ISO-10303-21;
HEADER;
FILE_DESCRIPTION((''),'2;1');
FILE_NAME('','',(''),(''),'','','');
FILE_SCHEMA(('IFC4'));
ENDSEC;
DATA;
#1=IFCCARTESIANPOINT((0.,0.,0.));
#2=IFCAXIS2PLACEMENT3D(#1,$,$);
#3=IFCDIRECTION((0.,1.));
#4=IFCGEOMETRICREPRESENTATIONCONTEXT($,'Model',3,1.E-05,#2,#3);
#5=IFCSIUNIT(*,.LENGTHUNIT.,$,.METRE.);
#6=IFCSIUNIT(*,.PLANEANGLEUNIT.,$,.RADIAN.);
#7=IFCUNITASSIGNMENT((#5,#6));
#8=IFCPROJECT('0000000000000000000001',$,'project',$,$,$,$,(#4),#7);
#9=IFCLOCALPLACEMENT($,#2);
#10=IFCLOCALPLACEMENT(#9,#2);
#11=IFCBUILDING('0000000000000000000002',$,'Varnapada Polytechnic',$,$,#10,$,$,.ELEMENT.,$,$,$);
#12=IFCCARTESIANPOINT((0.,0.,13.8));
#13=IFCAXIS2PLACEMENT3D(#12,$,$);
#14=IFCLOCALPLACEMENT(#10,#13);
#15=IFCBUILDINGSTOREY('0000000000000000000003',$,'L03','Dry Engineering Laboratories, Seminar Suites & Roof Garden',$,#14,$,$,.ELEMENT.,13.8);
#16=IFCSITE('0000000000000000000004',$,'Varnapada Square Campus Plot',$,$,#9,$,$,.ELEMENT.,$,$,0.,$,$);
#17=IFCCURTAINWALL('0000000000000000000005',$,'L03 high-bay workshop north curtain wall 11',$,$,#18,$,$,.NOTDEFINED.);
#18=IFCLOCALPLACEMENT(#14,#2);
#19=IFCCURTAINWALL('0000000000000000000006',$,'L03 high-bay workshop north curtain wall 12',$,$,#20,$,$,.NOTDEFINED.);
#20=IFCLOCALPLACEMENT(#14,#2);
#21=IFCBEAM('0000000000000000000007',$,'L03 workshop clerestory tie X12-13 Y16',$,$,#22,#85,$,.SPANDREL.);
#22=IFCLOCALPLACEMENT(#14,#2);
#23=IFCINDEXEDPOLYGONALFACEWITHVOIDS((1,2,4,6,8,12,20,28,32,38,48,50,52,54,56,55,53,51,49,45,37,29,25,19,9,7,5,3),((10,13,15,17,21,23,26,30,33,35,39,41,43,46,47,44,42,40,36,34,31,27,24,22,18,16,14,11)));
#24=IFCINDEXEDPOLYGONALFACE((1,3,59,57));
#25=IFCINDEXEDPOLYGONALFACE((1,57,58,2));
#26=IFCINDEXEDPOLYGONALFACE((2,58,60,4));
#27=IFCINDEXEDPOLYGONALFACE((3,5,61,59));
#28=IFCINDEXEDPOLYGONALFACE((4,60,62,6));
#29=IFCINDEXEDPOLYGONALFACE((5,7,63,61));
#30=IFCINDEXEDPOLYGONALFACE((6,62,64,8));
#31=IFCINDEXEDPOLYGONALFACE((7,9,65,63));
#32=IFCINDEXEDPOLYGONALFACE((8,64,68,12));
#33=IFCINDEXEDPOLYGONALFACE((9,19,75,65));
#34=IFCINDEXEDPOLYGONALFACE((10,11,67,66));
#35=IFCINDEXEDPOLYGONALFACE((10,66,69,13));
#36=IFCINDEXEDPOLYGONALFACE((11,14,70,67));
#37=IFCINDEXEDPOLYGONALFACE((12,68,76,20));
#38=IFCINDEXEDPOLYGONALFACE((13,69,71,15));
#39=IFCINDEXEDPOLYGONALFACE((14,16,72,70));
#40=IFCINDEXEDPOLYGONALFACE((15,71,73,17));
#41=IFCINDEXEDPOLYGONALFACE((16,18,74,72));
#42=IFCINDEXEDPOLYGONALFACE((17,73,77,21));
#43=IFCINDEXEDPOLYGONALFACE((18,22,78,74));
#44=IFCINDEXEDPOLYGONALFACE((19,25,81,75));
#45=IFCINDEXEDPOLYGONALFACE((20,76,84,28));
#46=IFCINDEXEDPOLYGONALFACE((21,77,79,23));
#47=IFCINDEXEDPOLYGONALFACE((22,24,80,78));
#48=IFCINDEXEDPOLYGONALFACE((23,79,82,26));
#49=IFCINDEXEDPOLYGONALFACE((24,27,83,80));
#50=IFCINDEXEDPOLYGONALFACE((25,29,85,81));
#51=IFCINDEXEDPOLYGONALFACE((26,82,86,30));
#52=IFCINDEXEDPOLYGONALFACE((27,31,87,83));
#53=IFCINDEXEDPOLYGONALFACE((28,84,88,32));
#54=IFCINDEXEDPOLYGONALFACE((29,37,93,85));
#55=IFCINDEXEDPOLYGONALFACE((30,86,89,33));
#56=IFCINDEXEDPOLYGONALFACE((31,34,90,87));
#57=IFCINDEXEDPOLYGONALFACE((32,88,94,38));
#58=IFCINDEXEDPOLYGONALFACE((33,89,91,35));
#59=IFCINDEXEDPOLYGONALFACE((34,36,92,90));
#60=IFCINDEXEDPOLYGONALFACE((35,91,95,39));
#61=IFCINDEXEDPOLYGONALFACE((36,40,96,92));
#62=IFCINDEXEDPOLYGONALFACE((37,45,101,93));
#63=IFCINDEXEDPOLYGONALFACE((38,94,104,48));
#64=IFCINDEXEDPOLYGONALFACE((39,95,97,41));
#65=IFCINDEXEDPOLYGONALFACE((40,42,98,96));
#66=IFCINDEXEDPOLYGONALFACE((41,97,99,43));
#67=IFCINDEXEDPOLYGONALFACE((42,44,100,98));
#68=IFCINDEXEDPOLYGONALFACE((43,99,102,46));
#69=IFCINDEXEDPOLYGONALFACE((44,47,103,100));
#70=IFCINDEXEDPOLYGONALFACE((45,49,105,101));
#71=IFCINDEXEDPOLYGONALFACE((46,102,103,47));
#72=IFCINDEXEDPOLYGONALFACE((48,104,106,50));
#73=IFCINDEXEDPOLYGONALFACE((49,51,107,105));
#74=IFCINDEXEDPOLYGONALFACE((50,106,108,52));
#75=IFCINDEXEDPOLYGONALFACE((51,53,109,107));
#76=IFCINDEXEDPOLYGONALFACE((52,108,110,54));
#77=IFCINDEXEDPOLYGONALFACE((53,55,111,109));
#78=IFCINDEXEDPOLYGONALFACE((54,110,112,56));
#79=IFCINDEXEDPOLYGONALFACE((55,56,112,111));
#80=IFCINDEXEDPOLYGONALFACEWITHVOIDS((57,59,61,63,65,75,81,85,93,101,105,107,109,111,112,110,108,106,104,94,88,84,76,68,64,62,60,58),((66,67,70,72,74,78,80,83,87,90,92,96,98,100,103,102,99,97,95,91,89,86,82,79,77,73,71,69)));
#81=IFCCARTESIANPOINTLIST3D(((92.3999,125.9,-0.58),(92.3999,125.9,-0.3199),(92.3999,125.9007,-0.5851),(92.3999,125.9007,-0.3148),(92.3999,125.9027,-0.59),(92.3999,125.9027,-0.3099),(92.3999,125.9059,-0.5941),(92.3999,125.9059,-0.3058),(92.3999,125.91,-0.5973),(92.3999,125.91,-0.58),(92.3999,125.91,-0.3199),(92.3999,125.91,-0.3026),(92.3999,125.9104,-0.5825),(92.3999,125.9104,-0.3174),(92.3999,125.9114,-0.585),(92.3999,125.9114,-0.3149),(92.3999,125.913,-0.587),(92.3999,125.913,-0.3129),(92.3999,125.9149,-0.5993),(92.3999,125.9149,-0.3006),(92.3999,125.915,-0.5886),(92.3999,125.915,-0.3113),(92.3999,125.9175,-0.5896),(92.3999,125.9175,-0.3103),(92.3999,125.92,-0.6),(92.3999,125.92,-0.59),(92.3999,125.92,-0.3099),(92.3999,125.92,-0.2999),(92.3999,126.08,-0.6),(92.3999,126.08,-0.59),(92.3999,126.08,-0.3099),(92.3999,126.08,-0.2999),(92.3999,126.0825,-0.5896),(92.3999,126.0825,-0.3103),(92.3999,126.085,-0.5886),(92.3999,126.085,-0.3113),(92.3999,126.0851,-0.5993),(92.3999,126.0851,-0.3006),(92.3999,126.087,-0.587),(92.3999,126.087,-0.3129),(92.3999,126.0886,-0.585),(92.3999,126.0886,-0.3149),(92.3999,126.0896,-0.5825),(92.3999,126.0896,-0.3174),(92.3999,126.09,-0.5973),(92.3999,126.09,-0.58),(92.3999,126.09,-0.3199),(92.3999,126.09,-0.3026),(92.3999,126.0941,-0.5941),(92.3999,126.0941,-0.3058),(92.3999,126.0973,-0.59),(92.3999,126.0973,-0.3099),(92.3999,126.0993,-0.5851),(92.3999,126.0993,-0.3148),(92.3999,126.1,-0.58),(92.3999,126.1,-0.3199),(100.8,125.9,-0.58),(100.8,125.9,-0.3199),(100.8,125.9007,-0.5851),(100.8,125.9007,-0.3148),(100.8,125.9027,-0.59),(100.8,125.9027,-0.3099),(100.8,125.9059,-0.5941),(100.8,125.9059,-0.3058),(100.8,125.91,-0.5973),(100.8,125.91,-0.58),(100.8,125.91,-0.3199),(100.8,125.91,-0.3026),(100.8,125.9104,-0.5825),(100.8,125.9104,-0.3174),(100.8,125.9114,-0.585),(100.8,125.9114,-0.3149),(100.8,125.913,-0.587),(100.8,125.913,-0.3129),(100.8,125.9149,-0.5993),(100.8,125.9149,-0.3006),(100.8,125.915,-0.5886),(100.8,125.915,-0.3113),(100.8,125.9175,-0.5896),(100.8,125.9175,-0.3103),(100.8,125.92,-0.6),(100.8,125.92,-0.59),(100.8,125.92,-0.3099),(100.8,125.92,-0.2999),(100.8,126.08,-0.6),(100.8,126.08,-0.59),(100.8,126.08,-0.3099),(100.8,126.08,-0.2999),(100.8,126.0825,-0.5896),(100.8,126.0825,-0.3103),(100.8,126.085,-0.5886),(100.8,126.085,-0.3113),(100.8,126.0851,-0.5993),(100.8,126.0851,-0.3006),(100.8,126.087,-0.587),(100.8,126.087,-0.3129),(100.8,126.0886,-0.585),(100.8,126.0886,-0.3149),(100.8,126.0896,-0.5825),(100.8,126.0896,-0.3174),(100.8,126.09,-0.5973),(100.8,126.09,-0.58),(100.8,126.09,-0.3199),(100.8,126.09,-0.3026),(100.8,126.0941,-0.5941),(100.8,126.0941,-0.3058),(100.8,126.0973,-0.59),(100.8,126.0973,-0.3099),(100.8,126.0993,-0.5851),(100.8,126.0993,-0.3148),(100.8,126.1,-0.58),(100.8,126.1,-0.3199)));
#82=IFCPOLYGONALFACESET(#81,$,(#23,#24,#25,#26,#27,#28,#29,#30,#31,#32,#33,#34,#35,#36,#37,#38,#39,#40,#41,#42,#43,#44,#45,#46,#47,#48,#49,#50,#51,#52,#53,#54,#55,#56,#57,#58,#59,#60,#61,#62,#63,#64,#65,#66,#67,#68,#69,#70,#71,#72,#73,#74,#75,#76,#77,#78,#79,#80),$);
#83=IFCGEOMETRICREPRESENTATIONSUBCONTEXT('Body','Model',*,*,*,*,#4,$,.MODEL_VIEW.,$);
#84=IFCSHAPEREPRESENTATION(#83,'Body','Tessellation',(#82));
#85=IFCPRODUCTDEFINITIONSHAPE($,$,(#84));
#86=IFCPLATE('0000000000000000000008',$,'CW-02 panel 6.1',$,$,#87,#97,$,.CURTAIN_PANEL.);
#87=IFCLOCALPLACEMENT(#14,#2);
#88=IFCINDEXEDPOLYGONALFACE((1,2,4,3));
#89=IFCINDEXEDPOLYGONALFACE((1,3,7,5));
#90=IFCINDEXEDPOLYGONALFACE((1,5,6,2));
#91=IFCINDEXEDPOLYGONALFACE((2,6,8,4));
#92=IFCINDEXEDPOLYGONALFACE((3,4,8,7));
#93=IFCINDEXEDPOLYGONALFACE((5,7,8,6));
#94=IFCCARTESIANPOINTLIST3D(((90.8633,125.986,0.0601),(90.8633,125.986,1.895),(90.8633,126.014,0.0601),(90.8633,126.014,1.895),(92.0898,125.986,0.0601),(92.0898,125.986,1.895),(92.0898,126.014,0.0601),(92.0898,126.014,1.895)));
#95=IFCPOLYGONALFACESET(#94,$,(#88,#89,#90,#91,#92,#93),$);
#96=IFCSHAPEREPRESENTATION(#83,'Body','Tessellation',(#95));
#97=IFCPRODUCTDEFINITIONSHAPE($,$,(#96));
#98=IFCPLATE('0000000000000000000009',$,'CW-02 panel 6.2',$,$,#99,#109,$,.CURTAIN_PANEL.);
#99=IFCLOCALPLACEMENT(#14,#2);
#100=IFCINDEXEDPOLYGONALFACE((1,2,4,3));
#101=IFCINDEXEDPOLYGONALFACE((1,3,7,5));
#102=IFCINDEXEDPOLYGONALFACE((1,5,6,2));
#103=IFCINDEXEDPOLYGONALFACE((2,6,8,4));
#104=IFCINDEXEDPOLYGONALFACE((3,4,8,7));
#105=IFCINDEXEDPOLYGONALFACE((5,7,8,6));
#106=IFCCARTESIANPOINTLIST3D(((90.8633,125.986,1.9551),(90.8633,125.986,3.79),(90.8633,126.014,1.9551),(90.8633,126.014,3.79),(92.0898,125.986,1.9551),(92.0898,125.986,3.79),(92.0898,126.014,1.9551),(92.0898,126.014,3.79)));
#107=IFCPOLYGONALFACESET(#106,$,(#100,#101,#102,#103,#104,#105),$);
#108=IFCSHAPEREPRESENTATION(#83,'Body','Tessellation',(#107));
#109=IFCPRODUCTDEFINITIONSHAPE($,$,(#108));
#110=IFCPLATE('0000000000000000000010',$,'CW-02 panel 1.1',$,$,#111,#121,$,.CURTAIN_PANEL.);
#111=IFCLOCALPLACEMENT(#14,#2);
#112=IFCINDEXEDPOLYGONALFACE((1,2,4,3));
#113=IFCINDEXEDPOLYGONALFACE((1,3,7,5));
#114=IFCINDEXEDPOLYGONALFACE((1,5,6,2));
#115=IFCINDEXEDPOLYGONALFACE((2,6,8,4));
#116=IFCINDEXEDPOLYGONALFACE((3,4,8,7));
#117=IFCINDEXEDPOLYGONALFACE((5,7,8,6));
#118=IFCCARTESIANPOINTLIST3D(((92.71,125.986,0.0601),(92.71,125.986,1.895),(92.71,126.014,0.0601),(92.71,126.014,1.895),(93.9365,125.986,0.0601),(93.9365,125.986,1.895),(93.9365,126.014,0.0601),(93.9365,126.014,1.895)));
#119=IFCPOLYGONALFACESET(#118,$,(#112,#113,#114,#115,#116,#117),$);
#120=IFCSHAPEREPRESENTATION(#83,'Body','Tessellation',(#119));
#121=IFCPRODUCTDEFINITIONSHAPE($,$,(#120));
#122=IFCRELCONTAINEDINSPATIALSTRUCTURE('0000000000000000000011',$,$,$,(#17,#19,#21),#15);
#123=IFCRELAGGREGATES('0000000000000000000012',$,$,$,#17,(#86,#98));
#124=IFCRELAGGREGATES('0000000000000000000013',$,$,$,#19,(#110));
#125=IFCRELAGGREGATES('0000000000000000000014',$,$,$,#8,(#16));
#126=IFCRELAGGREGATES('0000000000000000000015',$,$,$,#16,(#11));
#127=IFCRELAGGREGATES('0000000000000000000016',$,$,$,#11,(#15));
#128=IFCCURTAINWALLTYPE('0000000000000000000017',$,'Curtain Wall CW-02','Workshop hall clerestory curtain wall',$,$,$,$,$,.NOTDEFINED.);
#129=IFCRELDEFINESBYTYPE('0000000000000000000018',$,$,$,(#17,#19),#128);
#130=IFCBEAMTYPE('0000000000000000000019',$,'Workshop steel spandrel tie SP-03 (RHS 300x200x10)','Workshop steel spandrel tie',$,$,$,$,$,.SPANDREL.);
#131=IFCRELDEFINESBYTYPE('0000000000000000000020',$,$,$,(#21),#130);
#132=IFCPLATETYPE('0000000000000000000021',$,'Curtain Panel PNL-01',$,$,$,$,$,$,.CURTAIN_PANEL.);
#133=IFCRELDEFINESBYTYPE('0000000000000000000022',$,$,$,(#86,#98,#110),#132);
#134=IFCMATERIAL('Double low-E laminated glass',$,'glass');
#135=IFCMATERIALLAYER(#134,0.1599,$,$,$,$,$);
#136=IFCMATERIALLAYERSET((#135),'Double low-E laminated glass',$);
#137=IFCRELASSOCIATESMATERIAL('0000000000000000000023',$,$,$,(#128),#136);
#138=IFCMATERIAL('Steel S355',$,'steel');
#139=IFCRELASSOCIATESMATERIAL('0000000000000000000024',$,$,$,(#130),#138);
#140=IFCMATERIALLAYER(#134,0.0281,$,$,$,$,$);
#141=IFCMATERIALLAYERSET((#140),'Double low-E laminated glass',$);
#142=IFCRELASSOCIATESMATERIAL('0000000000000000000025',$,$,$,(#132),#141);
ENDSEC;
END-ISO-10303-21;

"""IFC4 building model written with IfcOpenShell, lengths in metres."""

from ifc_helpers import new_model, si_unit, direction, frame, origin, origin_2d, place, context, subcontext, project, spatial, rectangle, hollow_rectangle, extrude, material, layer, layer_set, material_profile, profile_set, type_object, element, aggregate, save


model = new_model("IFC4")

# Units and contexts
model_context = context("Model", 3, precision=1e-05, world=origin(), true_north=direction((0.0, 1.0)))
body_context = subcontext(model_context, "Body", "Model", "MODEL_VIEW")
ifc_project = project(units=[si_unit("LENGTHUNIT", "METRE"), si_unit("PLANEANGLEUNIT", "RADIAN")], contexts=[model_context])

# Site, building, storey
site_placement = place(None, origin())
site = spatial("IfcSite", under=ifc_project, at=site_placement, Name="Varnapada Square Campus Plot", CompositionType="ELEMENT", RefElevation=0.0)
building_placement = place(site_placement, origin())
building = spatial("IfcBuilding", under=site, at=building_placement, Name="Varnapada Polytechnic", CompositionType="ELEMENT")
storey_placement = place(building_placement, frame((0.0, 0.0, 13.8)))
storey = spatial("IfcBuildingStorey", under=building, at=storey_placement, Name="L03", Description="Dry Engineering Laboratories, Seminar Suites & Roof Garden", CompositionType="ELEMENT", Elevation=13.8)

# Shared definitions
ifc_material_1 = material(Name="Steel S355", Category="steel")

# Curtain walls
ifc_material_2 = material(Name="Double low-E laminated glass", Category="glass")
ifc_layer_1 = layer(ifc_material_2, 0.1599)
ifc_layer_set_1 = layer_set([ifc_layer_1], Name="Double low-E laminated glass")
curtain_wall_type = type_object("IfcCurtainWallType", Name="Curtain Wall CW-02", Description="Workshop hall clerestory curtain wall", PredefinedType="NOTDEFINED", material=ifc_layer_set_1)
curtain_wall_1_placement = place(storey_placement, origin())
curtain_wall_1 = element("IfcCurtainWall", 1, at=curtain_wall_1_placement, inside=storey, type_object=curtain_wall_type, Name="L03 high-bay workshop north curtain wall 11", PredefinedType="NOTDEFINED")
curtain_wall_2_placement = place(storey_placement, origin())
curtain_wall_2 = element("IfcCurtainWall", 2, at=curtain_wall_2_placement, inside=storey, type_object=curtain_wall_type, Name="L03 high-bay workshop north curtain wall 12", PredefinedType="NOTDEFINED")

# Beam
ifc_material_profile_1 = material_profile(ifc_material_1, hollow_rectangle(XDim=0.2, YDim=0.3, WallThickness=0.01, InnerFilletRadius=0.01, OuterFilletRadius=0.02, at=origin_2d()), Name="RHS 300x200x10")
ifc_profile_set_1 = profile_set([ifc_material_profile_1], Name="Steel S355")
beam_type = type_object("IfcBeamType", Name="Workshop steel spandrel tie SP-03 (RHS 300x200x10)", Description="Workshop steel spandrel tie", PredefinedType="SPANDREL", material=ifc_profile_set_1)
beam_placement = place(storey_placement, frame((92.3999, 126.0, -0.45), z_axis=(1.0, 0.0, 0.0), x_axis=(0.0, 1.0, 0.0)))
element("IfcBeam", 3, at=beam_placement, inside=storey, type_object=beam_type, Name="L03 workshop clerestory tie X12-13 Y16", PredefinedType="SPANDREL", context=body_context, shape_type="SweptSolid", body=[
    extrude(hollow_rectangle(XDim=0.2, YDim=0.3, WallThickness=0.01, InnerFilletRadius=0.01, OuterFilletRadius=0.02, at=origin_2d()), origin(), (0.0, 0.0, 1.0), 8.4001),
])

# Plates
ifc_layer_2 = layer(ifc_material_2, 0.0281)
ifc_layer_set_2 = layer_set([ifc_layer_2], Name="Double low-E laminated glass")
plate_type = type_object("IfcPlateType", Name="Curtain Panel PNL-01", PredefinedType="CURTAIN_PANEL", material=ifc_layer_set_2)
plate_1_placement = place(storey_placement, frame((91.4766, 126.0, 0.0601), z_axis=(0.0, 0.0, 1.0), x_axis=(1.0, 0.0, 0.0)))
plate_1 = element("IfcPlate", 4, at=plate_1_placement, type_object=plate_type, Name="CW-02 panel 6.1", PredefinedType="CURTAIN_PANEL", context=body_context, shape_type="SweptSolid", body=[
    extrude(rectangle(XDim=1.2266, YDim=0.0281, at=origin_2d()), origin(), (0.0, 0.0, 1.0), 1.835),
])
plate_2_placement = place(storey_placement, frame((91.4766, 126.0, 1.9551), z_axis=(0.0, 0.0, 1.0), x_axis=(1.0, 0.0, 0.0)))
plate_2 = element("IfcPlate", 5, at=plate_2_placement, type_object=plate_type, Name="CW-02 panel 6.2", PredefinedType="CURTAIN_PANEL", context=body_context, shape_type="SweptSolid", body=[
    extrude(rectangle(XDim=1.2266, YDim=0.0281, at=origin_2d()), origin(), (0.0, 0.0, 1.0), 1.835),
])
aggregate(curtain_wall_1, [plate_1, plate_2])
plate_3_placement = place(storey_placement, frame((93.3232, 126.0, 0.0601), z_axis=(0.0, 0.0, 1.0), x_axis=(1.0, 0.0, 0.0)))
plate_3 = element("IfcPlate", 6, at=plate_3_placement, type_object=plate_type, Name="CW-02 panel 1.1", PredefinedType="CURTAIN_PANEL", context=body_context, shape_type="SweptSolid", body=[
    extrude(rectangle(XDim=1.2266, YDim=0.0281, at=origin_2d()), origin(), (0.0, 0.0, 1.0), 1.835),
])
aggregate(curtain_wall_2, [plate_3])

save(model, "model.ifc")
